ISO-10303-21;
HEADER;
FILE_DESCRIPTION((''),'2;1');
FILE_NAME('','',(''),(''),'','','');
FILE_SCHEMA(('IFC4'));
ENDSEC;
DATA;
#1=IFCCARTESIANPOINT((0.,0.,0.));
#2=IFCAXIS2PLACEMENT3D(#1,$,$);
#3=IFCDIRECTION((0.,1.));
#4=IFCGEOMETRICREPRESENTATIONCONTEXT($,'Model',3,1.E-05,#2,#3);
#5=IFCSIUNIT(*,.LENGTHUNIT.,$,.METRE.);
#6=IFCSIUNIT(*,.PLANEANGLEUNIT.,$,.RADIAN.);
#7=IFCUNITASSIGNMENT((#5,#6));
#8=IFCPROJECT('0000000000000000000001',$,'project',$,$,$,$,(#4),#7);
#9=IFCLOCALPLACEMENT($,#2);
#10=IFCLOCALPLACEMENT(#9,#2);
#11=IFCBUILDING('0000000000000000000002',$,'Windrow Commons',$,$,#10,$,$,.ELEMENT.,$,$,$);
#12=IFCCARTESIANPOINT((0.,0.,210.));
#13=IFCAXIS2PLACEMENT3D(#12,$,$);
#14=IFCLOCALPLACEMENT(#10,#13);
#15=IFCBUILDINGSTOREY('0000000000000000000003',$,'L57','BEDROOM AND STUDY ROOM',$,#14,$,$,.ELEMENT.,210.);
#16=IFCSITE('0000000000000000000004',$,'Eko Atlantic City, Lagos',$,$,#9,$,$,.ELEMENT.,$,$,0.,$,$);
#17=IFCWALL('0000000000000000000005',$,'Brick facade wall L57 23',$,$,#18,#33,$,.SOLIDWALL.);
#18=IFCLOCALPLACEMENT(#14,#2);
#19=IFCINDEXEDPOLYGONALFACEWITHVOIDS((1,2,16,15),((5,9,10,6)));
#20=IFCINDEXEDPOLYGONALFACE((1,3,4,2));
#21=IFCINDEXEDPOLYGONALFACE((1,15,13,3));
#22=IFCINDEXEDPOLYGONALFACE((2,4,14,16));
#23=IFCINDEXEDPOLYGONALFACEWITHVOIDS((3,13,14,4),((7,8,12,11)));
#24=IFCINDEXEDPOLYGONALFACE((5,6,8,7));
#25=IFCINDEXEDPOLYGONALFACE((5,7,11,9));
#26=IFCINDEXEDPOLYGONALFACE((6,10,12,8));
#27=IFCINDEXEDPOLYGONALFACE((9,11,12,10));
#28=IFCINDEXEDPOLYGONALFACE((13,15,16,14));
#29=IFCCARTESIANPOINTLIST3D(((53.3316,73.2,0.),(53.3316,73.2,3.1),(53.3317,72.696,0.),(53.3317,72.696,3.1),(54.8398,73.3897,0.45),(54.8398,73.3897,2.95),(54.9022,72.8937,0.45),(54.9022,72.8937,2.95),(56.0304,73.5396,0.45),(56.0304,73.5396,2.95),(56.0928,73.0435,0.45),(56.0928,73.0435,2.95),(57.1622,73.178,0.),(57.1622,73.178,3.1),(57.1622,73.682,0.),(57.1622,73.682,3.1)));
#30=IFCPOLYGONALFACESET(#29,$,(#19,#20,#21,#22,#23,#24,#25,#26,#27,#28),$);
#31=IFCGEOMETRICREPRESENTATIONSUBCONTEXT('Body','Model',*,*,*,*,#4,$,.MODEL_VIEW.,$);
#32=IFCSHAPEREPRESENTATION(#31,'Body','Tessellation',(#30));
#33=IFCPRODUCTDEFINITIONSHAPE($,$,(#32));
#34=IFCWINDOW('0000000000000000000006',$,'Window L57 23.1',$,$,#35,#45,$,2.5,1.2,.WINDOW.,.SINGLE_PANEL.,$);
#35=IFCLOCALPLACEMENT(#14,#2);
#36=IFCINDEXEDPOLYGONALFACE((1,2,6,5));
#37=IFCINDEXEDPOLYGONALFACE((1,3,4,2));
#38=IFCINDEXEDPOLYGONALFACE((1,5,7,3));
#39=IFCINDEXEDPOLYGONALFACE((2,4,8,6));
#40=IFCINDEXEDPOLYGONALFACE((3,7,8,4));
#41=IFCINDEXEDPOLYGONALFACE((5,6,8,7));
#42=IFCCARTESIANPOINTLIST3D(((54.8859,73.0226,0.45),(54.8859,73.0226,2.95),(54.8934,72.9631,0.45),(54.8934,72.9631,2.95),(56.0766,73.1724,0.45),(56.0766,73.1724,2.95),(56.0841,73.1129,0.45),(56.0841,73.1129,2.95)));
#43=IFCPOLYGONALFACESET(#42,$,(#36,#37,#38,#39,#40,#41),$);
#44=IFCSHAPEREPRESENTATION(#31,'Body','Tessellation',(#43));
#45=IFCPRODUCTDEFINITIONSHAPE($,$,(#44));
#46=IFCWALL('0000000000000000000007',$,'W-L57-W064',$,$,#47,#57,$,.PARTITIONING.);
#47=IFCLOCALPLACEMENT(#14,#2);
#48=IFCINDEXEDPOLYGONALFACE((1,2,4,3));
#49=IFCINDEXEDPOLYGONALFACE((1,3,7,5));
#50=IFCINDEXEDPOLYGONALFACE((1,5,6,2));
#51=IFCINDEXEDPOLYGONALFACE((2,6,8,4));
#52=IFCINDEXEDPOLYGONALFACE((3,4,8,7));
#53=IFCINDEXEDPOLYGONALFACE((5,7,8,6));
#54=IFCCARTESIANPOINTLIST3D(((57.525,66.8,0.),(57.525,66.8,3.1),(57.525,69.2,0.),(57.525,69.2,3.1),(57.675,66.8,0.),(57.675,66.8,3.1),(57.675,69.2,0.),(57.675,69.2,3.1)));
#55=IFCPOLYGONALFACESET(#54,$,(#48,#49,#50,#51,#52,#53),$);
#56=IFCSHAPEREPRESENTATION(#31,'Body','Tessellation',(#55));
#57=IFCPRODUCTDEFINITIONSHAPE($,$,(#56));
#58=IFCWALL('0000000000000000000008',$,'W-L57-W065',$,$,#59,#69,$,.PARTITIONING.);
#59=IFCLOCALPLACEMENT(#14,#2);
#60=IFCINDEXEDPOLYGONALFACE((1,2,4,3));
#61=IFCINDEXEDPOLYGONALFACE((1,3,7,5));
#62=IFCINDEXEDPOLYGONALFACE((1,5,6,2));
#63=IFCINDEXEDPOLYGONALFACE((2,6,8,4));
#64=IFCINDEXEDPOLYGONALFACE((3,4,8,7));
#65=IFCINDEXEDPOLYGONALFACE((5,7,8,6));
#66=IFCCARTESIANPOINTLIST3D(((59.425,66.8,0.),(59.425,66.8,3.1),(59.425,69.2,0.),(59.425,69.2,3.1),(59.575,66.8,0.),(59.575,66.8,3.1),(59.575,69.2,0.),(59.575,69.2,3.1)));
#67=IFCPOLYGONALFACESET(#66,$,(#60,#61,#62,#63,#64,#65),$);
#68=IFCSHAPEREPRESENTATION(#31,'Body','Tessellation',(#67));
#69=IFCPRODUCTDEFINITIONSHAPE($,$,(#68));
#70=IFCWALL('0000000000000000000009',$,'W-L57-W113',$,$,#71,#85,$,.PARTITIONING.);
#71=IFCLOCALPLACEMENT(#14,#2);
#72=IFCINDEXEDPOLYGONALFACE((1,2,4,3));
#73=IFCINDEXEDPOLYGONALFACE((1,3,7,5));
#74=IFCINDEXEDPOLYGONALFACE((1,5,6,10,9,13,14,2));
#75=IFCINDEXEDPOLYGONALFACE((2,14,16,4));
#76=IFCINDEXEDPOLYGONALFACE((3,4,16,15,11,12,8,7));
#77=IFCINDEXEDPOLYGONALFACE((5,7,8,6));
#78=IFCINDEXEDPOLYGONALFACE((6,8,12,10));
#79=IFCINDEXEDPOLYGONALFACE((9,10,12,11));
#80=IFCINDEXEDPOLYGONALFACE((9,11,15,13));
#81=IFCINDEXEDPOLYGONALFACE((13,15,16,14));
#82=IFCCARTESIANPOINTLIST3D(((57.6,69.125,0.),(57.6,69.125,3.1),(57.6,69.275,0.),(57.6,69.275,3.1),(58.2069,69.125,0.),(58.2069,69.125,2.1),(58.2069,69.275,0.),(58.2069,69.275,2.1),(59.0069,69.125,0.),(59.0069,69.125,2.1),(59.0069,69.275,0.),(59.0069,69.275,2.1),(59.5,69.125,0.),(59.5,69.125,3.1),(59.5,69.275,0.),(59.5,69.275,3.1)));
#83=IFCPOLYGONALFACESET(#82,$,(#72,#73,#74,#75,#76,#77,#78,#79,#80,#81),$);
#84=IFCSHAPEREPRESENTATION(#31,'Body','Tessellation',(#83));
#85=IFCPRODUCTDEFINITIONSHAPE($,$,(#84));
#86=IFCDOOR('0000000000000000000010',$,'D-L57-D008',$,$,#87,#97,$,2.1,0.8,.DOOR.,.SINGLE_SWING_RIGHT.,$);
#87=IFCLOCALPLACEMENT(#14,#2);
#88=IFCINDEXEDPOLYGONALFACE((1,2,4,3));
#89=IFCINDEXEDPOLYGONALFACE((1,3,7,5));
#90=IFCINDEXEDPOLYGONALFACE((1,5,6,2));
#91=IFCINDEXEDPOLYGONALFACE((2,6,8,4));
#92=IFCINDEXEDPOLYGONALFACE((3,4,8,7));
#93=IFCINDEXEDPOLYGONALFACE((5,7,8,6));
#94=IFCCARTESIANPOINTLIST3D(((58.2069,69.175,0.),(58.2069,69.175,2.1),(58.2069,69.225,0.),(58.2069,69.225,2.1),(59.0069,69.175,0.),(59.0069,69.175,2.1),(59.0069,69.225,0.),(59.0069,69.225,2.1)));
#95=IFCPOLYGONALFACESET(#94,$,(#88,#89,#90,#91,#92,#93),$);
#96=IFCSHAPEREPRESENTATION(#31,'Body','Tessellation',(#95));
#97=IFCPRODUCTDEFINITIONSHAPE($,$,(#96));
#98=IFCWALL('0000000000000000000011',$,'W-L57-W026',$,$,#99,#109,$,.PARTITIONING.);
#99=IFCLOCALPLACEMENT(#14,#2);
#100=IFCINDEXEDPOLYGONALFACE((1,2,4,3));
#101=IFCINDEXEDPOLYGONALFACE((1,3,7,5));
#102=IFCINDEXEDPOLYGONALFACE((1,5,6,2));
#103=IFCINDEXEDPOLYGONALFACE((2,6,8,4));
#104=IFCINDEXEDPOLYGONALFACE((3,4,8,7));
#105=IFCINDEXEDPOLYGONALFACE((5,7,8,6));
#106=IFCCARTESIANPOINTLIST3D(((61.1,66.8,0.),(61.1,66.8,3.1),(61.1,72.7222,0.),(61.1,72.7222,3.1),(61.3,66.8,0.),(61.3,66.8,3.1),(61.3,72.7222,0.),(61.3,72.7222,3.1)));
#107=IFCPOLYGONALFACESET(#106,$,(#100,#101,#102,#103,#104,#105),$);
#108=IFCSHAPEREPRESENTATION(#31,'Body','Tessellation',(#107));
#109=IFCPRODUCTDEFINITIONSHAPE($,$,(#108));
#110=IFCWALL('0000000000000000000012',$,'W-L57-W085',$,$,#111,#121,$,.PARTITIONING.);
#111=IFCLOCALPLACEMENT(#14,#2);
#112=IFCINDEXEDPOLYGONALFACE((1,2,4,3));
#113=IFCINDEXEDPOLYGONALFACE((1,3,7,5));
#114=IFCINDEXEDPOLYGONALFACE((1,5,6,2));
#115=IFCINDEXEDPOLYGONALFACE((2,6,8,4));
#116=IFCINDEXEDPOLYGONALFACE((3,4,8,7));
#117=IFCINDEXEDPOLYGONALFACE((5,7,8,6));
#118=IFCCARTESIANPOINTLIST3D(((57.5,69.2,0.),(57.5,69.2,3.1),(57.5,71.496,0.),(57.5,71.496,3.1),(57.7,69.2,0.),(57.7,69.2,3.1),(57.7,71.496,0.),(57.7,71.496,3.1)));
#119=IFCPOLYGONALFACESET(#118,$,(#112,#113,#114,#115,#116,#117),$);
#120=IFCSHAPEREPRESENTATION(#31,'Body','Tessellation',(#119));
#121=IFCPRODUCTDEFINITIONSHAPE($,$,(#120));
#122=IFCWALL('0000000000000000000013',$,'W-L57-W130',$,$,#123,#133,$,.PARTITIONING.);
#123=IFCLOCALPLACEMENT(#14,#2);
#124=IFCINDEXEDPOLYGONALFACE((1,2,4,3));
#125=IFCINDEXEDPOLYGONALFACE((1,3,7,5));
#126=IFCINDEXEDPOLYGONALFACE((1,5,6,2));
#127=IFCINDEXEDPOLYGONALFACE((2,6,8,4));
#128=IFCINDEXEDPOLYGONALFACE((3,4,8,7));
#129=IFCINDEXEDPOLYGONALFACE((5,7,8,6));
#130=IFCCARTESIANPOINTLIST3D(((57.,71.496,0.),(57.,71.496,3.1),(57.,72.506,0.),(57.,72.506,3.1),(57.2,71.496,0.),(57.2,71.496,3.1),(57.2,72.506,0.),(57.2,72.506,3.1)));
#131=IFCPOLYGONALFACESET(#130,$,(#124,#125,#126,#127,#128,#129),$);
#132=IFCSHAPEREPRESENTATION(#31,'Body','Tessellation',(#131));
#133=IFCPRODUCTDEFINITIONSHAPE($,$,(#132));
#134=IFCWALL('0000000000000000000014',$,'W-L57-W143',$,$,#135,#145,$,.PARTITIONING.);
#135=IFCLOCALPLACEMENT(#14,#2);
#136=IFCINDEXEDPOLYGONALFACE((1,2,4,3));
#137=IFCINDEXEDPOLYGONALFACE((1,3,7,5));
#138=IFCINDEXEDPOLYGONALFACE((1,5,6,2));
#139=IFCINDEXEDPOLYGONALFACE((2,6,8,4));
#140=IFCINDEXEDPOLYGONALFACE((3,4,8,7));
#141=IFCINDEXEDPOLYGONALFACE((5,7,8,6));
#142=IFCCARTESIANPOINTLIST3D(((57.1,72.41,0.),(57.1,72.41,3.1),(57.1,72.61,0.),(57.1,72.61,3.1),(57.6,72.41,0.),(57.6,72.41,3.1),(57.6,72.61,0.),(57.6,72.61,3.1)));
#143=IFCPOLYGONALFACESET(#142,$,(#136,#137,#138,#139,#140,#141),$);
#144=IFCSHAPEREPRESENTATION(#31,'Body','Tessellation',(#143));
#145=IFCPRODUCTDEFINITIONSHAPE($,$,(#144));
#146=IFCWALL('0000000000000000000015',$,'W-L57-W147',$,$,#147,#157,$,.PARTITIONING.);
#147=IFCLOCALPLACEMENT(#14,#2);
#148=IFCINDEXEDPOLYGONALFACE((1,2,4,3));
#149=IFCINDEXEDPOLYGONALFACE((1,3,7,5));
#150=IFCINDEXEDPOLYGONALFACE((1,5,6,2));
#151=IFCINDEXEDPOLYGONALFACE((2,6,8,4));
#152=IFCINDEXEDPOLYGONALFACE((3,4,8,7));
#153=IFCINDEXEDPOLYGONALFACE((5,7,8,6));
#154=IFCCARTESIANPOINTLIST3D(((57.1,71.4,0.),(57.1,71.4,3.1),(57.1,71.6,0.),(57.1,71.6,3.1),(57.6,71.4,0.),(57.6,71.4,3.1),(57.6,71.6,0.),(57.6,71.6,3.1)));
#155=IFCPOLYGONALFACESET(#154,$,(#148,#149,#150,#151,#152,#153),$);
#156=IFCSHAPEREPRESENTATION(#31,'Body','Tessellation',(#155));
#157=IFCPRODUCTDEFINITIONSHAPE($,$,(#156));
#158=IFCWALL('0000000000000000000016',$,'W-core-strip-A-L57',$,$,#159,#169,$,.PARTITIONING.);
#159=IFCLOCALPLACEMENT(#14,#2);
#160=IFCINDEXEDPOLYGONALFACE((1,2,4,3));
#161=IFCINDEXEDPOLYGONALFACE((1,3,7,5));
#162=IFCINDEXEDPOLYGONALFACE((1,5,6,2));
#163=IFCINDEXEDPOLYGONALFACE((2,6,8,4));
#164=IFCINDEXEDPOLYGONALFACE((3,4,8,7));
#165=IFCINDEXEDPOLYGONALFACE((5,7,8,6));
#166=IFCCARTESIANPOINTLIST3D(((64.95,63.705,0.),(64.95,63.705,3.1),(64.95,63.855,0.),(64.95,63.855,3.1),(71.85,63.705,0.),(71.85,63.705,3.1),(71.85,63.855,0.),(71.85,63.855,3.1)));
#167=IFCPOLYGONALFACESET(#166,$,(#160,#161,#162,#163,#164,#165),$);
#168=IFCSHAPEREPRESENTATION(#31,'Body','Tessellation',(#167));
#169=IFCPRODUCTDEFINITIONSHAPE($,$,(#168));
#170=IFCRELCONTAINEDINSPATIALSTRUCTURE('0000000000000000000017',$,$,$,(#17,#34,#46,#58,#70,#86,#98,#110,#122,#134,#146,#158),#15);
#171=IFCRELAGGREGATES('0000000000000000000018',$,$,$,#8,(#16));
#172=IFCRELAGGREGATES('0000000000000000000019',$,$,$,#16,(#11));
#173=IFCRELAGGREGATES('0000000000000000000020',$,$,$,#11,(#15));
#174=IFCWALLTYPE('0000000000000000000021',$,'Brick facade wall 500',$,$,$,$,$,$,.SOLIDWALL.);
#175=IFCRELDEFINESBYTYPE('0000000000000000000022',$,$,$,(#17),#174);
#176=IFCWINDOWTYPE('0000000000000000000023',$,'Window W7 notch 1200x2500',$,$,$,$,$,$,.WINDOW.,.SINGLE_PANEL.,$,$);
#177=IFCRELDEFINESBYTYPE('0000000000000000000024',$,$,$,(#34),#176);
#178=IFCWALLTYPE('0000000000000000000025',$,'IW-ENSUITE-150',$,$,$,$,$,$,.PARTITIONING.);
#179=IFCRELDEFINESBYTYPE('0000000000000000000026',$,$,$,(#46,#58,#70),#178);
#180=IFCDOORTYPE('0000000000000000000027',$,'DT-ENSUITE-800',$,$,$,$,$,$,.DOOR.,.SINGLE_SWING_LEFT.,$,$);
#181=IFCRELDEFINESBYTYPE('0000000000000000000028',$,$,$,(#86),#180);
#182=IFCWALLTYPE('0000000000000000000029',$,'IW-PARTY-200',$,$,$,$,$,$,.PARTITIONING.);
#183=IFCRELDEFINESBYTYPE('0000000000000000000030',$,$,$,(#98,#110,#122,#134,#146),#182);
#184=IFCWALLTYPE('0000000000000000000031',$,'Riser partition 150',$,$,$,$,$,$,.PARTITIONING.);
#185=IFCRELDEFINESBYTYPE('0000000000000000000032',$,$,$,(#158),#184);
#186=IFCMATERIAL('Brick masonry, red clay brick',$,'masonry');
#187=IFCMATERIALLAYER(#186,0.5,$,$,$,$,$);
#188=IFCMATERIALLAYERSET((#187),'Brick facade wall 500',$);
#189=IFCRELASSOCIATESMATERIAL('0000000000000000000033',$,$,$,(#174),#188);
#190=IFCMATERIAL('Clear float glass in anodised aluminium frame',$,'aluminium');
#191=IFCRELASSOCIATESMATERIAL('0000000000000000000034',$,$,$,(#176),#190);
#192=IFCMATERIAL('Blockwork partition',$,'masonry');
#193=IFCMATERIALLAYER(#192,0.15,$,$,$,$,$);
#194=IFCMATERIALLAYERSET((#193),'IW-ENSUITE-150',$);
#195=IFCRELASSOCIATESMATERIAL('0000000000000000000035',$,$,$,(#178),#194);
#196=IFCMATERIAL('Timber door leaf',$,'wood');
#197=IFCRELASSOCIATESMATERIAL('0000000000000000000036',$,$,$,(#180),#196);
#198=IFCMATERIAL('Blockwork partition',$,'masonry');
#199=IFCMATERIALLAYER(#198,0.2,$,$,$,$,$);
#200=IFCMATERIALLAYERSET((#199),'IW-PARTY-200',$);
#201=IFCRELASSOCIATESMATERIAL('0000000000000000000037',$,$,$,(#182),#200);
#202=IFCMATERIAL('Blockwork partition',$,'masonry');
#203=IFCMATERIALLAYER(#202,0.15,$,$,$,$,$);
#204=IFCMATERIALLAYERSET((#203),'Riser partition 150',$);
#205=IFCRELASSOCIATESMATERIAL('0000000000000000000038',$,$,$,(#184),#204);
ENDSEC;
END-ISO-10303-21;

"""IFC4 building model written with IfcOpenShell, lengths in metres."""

from ifc_helpers import new_model, si_unit, direction, frame, frame_2d, origin, place, context, subcontext, project, spatial, polyline, rectangle, outline, extrude, material, layer, layer_set, type_object, element, fill, save


model = new_model("IFC4")

# Units and contexts
model_context = context("Model", 3, precision=1e-05, world=origin(), true_north=direction((0.0, 1.0)))
body_context = subcontext(model_context, "Body", "Model", "MODEL_VIEW")
ifc_project = project(units=[si_unit("LENGTHUNIT", "METRE"), si_unit("PLANEANGLEUNIT", "RADIAN")], contexts=[model_context])

# Site, building, storey
site_placement = place(None, origin())
site = spatial("IfcSite", under=ifc_project, at=site_placement, Name="Eko Atlantic City, Lagos", CompositionType="ELEMENT", RefElevation=0.0)
building_placement = place(site_placement, origin())
building = spatial("IfcBuilding", under=site, at=building_placement, Name="Windrow Commons", CompositionType="ELEMENT")
storey_placement = place(building_placement, frame((0.0, 0.0, 210.0)))
storey = spatial("IfcBuildingStorey", under=building, at=storey_placement, Name="L57", Description="BEDROOM AND STUDY ROOM", CompositionType="ELEMENT", Elevation=210.0)

# Shared definitions
ifc_material_1 = material(Name="Brick masonry, red clay brick", Category="masonry")
ifc_layer_1 = layer(ifc_material_1, 0.5)
ifc_layer_set_1 = layer_set([ifc_layer_1], Name="Brick facade wall 500")
wall_type_1 = type_object("IfcWallType", Name="Brick facade wall 500", PredefinedType="SOLIDWALL", material=ifc_layer_set_1)

# Wall, opening, window
wall_1_placement = place(storey_placement, frame((57.1622, 73.43, 0.0), z_axis=(0.0, 0.0, 1.0), x_axis=(-0.992176, -0.124844, 0.0)))
wall_1 = element("IfcWall", 1, at=wall_1_placement, inside=storey, type_object=wall_type_1, Name="Brick facade wall L57 23", PredefinedType="SOLIDWALL", context=body_context, shape_type="SweptSolid", body=[
    extrude(outline(polyline([(-0.0315, -0.25), (3.8293, -0.25), (3.8922, 0.25), (0.0315, 0.25), (-0.0315, -0.25)])), origin(), (0.0, 0.0, 1.0), 3.1),
])
opening_1_placement = place(wall_1_placement, frame((1.1093, 0.0, 0.45)))
opening_1 = element("IfcOpeningElement", 2, at=opening_1_placement, cuts=wall_1, PredefinedType="OPENING", context=body_context, shape_type="SweptSolid", body=[
    extrude(rectangle(XDim=1.2, YDim=2.5, at=frame_2d((0.6, 1.25))), frame((0.0, 0.26, 0.0), z_axis=(0.0, -1.0, 0.0), x_axis=(1.0, 0.0, 0.0)), (0.0, 0.0, 1.0), 0.52),
])
ifc_material_2 = material(Name="Clear float glass in anodised aluminium frame", Category="aluminium")
window_type_1 = type_object("IfcWindowType", Name="Window W7 notch 1200x2500", PartitioningType="SINGLE_PANEL", PredefinedType="WINDOW", material=ifc_material_2)
window_1_placement = place(opening_1_placement, origin())
window_1 = element("IfcWindow", 3, at=window_1_placement, inside=storey, type_object=window_type_1, Name="Window L57 23.1", OverallHeight=2.5, OverallWidth=1.2, PartitioningType="SINGLE_PANEL", PredefinedType="WINDOW", context=body_context, shape_type="SweptSolid", body=[
    extrude(rectangle(XDim=1.2, YDim=2.5, at=frame_2d((0.6, 1.25))), frame((0.0, 0.18, 0.0), z_axis=(0.0, -1.0, 0.0), x_axis=(1.0, 0.0, 0.0)), (0.0, 0.0, 1.0), 0.06),
])
fill(opening_1, window_1)

# Walls
ifc_material_3 = material(Name="Blockwork partition", Category="masonry")
ifc_layer_2 = layer(ifc_material_3, 0.15)
ifc_layer_set_2 = layer_set([ifc_layer_2], Name="IW-ENSUITE-150")
wall_type_2 = type_object("IfcWallType", Name="IW-ENSUITE-150", PredefinedType="PARTITIONING", material=ifc_layer_set_2)
for number, where, z_axis, x_axis, name in (
    (4, (57.6, 66.8, 0.0), (0.0, 0.0, 1.0), (0.0, 1.0, 0.0), "W-L57-W064"),
    (5, (59.5, 66.8, 0.0), (0.0, 0.0, 1.0), (0.0, 1.0, 0.0), "W-L57-W065"),
):
    element("IfcWall", number, at=place(storey_placement, frame(where, z_axis=z_axis, x_axis=x_axis)), inside=storey, type_object=wall_type_2, Name=name, PredefinedType="PARTITIONING", context=body_context, shape_type="SweptSolid", body=[
        extrude(rectangle(XDim=2.4, YDim=0.15, at=frame_2d((1.2, 0.0))), origin(), (0.0, 0.0, 1.0), 3.1),
    ])

# Wall, opening, door
wall_2_placement = place(storey_placement, frame((57.6, 69.2, 0.0), z_axis=(0.0, 0.0, 1.0), x_axis=(1.0, 0.0, 0.0)))
wall_2 = element("IfcWall", 6, at=wall_2_placement, inside=storey, type_object=wall_type_2, Name="W-L57-W113", PredefinedType="PARTITIONING", context=body_context, shape_type="SweptSolid", body=[
    extrude(rectangle(XDim=1.9, YDim=0.15, at=frame_2d((0.95, 0.0))), origin(), (0.0, 0.0, 1.0), 3.1),
])
opening_2_placement = place(wall_2_placement, frame((0.6069, 0.0, 0.0)))
opening_2 = element("IfcOpeningElement", 7, at=opening_2_placement, cuts=wall_2, PredefinedType="OPENING", context=body_context, shape_type="SweptSolid", body=[
    extrude(rectangle(XDim=0.8, YDim=2.1, at=frame_2d((0.4, 1.05))), frame((0.0, 0.085, 0.0), z_axis=(0.0, -1.0, 0.0), x_axis=(1.0, 0.0, 0.0)), (0.0, 0.0, 1.0), 0.17),
])
ifc_material_4 = material(Name="Timber door leaf", Category="wood")
door_type = type_object("IfcDoorType", Name="DT-ENSUITE-800", OperationType="SINGLE_SWING_LEFT", PredefinedType="DOOR", material=ifc_material_4)
door_placement = place(opening_2_placement, origin())
door = element("IfcDoor", 8, at=door_placement, inside=storey, type_object=door_type, Name="D-L57-D008", OperationType="SINGLE_SWING_RIGHT", OverallHeight=2.1, OverallWidth=0.8, PredefinedType="DOOR", context=body_context, shape_type="SweptSolid", body=[
    extrude(rectangle(XDim=0.8, YDim=2.1, at=frame_2d((0.4, 1.05))), frame((0.0, 0.025, 0.0), z_axis=(0.0, -1.0, 0.0), x_axis=(1.0, 0.0, 0.0)), (0.0, 0.0, 1.0), 0.05),
])
fill(opening_2, door)

# Walls
ifc_material_5 = material(Name="Blockwork partition", Category="masonry")
ifc_layer_3 = layer(ifc_material_5, 0.2)
ifc_layer_set_3 = layer_set([ifc_layer_3], Name="IW-PARTY-200")
wall_type_3 = type_object("IfcWallType", Name="IW-PARTY-200", PredefinedType="PARTITIONING", material=ifc_layer_set_3)
wall_3_placement = place(storey_placement, frame((61.2, 66.8, 0.0), z_axis=(0.0, 0.0, 1.0), x_axis=(0.0, 1.0, 0.0)))
element("IfcWall", 9, at=wall_3_placement, inside=storey, type_object=wall_type_3, Name="W-L57-W026", PredefinedType="PARTITIONING", context=body_context, shape_type="SweptSolid", body=[
    extrude(rectangle(XDim=5.9221, YDim=0.2, at=frame_2d((2.9611, 0.0))), origin(), (0.0, 0.0, 1.0), 3.1),
])
wall_4_placement = place(storey_placement, frame((57.6, 69.2, 0.0), z_axis=(0.0, 0.0, 1.0), x_axis=(0.0, 1.0, 0.0)))
element("IfcWall", 10, at=wall_4_placement, inside=storey, type_object=wall_type_3, Name="W-L57-W085", PredefinedType="PARTITIONING", context=body_context, shape_type="SweptSolid", body=[
    extrude(rectangle(XDim=2.296, YDim=0.2, at=frame_2d((1.148, 0.0))), origin(), (0.0, 0.0, 1.0), 3.1),
])
wall_5_placement = place(storey_placement, frame((57.1, 71.496, 0.0), z_axis=(0.0, 0.0, 1.0), x_axis=(0.0, 1.0, 0.0)))
element("IfcWall", 11, at=wall_5_placement, inside=storey, type_object=wall_type_3, Name="W-L57-W130", PredefinedType="PARTITIONING", context=body_context, shape_type="SweptSolid", body=[
    extrude(rectangle(XDim=1.01, YDim=0.2, at=frame_2d((0.505, 0.0))), origin(), (0.0, 0.0, 1.0), 3.1),
])
for number, where, z_axis, x_axis, name in (
    (12, (57.1, 72.51, 0.0), (0.0, 0.0, 1.0), (1.0, 0.0, 0.0), "W-L57-W143"),
    (13, (57.1, 71.5, 0.0), (0.0, 0.0, 1.0), (1.0, 0.0, 0.0), "W-L57-W147"),
):
    element("IfcWall", number, at=place(storey_placement, frame(where, z_axis=z_axis, x_axis=x_axis)), inside=storey, type_object=wall_type_3, Name=name, PredefinedType="PARTITIONING", context=body_context, shape_type="SweptSolid", body=[
        extrude(rectangle(XDim=0.5, YDim=0.2, at=frame_2d((0.25, 0.0))), origin(), (0.0, 0.0, 1.0), 3.1),
    ])
ifc_material_6 = material(Name="Blockwork partition", Category="masonry")
ifc_layer_4 = layer(ifc_material_6, 0.15)
ifc_layer_set_4 = layer_set([ifc_layer_4], Name="Riser partition 150")
wall_type_4 = type_object("IfcWallType", Name="Riser partition 150", PredefinedType="PARTITIONING", material=ifc_layer_set_4)
wall_6_placement = place(storey_placement, frame((64.95, 63.78, 0.0), z_axis=(0.0, 0.0, 1.0), x_axis=(1.0, 0.0, 0.0)))
element("IfcWall", 14, at=wall_6_placement, inside=storey, type_object=wall_type_4, Name="W-core-strip-A-L57", PredefinedType="PARTITIONING", context=body_context, shape_type="SweptSolid", body=[
    extrude(rectangle(XDim=6.9, YDim=0.15, at=frame_2d((3.45, 0.0))), origin(), (0.0, 0.0, 1.0), 3.1),
])

save(model, "model.ifc")
